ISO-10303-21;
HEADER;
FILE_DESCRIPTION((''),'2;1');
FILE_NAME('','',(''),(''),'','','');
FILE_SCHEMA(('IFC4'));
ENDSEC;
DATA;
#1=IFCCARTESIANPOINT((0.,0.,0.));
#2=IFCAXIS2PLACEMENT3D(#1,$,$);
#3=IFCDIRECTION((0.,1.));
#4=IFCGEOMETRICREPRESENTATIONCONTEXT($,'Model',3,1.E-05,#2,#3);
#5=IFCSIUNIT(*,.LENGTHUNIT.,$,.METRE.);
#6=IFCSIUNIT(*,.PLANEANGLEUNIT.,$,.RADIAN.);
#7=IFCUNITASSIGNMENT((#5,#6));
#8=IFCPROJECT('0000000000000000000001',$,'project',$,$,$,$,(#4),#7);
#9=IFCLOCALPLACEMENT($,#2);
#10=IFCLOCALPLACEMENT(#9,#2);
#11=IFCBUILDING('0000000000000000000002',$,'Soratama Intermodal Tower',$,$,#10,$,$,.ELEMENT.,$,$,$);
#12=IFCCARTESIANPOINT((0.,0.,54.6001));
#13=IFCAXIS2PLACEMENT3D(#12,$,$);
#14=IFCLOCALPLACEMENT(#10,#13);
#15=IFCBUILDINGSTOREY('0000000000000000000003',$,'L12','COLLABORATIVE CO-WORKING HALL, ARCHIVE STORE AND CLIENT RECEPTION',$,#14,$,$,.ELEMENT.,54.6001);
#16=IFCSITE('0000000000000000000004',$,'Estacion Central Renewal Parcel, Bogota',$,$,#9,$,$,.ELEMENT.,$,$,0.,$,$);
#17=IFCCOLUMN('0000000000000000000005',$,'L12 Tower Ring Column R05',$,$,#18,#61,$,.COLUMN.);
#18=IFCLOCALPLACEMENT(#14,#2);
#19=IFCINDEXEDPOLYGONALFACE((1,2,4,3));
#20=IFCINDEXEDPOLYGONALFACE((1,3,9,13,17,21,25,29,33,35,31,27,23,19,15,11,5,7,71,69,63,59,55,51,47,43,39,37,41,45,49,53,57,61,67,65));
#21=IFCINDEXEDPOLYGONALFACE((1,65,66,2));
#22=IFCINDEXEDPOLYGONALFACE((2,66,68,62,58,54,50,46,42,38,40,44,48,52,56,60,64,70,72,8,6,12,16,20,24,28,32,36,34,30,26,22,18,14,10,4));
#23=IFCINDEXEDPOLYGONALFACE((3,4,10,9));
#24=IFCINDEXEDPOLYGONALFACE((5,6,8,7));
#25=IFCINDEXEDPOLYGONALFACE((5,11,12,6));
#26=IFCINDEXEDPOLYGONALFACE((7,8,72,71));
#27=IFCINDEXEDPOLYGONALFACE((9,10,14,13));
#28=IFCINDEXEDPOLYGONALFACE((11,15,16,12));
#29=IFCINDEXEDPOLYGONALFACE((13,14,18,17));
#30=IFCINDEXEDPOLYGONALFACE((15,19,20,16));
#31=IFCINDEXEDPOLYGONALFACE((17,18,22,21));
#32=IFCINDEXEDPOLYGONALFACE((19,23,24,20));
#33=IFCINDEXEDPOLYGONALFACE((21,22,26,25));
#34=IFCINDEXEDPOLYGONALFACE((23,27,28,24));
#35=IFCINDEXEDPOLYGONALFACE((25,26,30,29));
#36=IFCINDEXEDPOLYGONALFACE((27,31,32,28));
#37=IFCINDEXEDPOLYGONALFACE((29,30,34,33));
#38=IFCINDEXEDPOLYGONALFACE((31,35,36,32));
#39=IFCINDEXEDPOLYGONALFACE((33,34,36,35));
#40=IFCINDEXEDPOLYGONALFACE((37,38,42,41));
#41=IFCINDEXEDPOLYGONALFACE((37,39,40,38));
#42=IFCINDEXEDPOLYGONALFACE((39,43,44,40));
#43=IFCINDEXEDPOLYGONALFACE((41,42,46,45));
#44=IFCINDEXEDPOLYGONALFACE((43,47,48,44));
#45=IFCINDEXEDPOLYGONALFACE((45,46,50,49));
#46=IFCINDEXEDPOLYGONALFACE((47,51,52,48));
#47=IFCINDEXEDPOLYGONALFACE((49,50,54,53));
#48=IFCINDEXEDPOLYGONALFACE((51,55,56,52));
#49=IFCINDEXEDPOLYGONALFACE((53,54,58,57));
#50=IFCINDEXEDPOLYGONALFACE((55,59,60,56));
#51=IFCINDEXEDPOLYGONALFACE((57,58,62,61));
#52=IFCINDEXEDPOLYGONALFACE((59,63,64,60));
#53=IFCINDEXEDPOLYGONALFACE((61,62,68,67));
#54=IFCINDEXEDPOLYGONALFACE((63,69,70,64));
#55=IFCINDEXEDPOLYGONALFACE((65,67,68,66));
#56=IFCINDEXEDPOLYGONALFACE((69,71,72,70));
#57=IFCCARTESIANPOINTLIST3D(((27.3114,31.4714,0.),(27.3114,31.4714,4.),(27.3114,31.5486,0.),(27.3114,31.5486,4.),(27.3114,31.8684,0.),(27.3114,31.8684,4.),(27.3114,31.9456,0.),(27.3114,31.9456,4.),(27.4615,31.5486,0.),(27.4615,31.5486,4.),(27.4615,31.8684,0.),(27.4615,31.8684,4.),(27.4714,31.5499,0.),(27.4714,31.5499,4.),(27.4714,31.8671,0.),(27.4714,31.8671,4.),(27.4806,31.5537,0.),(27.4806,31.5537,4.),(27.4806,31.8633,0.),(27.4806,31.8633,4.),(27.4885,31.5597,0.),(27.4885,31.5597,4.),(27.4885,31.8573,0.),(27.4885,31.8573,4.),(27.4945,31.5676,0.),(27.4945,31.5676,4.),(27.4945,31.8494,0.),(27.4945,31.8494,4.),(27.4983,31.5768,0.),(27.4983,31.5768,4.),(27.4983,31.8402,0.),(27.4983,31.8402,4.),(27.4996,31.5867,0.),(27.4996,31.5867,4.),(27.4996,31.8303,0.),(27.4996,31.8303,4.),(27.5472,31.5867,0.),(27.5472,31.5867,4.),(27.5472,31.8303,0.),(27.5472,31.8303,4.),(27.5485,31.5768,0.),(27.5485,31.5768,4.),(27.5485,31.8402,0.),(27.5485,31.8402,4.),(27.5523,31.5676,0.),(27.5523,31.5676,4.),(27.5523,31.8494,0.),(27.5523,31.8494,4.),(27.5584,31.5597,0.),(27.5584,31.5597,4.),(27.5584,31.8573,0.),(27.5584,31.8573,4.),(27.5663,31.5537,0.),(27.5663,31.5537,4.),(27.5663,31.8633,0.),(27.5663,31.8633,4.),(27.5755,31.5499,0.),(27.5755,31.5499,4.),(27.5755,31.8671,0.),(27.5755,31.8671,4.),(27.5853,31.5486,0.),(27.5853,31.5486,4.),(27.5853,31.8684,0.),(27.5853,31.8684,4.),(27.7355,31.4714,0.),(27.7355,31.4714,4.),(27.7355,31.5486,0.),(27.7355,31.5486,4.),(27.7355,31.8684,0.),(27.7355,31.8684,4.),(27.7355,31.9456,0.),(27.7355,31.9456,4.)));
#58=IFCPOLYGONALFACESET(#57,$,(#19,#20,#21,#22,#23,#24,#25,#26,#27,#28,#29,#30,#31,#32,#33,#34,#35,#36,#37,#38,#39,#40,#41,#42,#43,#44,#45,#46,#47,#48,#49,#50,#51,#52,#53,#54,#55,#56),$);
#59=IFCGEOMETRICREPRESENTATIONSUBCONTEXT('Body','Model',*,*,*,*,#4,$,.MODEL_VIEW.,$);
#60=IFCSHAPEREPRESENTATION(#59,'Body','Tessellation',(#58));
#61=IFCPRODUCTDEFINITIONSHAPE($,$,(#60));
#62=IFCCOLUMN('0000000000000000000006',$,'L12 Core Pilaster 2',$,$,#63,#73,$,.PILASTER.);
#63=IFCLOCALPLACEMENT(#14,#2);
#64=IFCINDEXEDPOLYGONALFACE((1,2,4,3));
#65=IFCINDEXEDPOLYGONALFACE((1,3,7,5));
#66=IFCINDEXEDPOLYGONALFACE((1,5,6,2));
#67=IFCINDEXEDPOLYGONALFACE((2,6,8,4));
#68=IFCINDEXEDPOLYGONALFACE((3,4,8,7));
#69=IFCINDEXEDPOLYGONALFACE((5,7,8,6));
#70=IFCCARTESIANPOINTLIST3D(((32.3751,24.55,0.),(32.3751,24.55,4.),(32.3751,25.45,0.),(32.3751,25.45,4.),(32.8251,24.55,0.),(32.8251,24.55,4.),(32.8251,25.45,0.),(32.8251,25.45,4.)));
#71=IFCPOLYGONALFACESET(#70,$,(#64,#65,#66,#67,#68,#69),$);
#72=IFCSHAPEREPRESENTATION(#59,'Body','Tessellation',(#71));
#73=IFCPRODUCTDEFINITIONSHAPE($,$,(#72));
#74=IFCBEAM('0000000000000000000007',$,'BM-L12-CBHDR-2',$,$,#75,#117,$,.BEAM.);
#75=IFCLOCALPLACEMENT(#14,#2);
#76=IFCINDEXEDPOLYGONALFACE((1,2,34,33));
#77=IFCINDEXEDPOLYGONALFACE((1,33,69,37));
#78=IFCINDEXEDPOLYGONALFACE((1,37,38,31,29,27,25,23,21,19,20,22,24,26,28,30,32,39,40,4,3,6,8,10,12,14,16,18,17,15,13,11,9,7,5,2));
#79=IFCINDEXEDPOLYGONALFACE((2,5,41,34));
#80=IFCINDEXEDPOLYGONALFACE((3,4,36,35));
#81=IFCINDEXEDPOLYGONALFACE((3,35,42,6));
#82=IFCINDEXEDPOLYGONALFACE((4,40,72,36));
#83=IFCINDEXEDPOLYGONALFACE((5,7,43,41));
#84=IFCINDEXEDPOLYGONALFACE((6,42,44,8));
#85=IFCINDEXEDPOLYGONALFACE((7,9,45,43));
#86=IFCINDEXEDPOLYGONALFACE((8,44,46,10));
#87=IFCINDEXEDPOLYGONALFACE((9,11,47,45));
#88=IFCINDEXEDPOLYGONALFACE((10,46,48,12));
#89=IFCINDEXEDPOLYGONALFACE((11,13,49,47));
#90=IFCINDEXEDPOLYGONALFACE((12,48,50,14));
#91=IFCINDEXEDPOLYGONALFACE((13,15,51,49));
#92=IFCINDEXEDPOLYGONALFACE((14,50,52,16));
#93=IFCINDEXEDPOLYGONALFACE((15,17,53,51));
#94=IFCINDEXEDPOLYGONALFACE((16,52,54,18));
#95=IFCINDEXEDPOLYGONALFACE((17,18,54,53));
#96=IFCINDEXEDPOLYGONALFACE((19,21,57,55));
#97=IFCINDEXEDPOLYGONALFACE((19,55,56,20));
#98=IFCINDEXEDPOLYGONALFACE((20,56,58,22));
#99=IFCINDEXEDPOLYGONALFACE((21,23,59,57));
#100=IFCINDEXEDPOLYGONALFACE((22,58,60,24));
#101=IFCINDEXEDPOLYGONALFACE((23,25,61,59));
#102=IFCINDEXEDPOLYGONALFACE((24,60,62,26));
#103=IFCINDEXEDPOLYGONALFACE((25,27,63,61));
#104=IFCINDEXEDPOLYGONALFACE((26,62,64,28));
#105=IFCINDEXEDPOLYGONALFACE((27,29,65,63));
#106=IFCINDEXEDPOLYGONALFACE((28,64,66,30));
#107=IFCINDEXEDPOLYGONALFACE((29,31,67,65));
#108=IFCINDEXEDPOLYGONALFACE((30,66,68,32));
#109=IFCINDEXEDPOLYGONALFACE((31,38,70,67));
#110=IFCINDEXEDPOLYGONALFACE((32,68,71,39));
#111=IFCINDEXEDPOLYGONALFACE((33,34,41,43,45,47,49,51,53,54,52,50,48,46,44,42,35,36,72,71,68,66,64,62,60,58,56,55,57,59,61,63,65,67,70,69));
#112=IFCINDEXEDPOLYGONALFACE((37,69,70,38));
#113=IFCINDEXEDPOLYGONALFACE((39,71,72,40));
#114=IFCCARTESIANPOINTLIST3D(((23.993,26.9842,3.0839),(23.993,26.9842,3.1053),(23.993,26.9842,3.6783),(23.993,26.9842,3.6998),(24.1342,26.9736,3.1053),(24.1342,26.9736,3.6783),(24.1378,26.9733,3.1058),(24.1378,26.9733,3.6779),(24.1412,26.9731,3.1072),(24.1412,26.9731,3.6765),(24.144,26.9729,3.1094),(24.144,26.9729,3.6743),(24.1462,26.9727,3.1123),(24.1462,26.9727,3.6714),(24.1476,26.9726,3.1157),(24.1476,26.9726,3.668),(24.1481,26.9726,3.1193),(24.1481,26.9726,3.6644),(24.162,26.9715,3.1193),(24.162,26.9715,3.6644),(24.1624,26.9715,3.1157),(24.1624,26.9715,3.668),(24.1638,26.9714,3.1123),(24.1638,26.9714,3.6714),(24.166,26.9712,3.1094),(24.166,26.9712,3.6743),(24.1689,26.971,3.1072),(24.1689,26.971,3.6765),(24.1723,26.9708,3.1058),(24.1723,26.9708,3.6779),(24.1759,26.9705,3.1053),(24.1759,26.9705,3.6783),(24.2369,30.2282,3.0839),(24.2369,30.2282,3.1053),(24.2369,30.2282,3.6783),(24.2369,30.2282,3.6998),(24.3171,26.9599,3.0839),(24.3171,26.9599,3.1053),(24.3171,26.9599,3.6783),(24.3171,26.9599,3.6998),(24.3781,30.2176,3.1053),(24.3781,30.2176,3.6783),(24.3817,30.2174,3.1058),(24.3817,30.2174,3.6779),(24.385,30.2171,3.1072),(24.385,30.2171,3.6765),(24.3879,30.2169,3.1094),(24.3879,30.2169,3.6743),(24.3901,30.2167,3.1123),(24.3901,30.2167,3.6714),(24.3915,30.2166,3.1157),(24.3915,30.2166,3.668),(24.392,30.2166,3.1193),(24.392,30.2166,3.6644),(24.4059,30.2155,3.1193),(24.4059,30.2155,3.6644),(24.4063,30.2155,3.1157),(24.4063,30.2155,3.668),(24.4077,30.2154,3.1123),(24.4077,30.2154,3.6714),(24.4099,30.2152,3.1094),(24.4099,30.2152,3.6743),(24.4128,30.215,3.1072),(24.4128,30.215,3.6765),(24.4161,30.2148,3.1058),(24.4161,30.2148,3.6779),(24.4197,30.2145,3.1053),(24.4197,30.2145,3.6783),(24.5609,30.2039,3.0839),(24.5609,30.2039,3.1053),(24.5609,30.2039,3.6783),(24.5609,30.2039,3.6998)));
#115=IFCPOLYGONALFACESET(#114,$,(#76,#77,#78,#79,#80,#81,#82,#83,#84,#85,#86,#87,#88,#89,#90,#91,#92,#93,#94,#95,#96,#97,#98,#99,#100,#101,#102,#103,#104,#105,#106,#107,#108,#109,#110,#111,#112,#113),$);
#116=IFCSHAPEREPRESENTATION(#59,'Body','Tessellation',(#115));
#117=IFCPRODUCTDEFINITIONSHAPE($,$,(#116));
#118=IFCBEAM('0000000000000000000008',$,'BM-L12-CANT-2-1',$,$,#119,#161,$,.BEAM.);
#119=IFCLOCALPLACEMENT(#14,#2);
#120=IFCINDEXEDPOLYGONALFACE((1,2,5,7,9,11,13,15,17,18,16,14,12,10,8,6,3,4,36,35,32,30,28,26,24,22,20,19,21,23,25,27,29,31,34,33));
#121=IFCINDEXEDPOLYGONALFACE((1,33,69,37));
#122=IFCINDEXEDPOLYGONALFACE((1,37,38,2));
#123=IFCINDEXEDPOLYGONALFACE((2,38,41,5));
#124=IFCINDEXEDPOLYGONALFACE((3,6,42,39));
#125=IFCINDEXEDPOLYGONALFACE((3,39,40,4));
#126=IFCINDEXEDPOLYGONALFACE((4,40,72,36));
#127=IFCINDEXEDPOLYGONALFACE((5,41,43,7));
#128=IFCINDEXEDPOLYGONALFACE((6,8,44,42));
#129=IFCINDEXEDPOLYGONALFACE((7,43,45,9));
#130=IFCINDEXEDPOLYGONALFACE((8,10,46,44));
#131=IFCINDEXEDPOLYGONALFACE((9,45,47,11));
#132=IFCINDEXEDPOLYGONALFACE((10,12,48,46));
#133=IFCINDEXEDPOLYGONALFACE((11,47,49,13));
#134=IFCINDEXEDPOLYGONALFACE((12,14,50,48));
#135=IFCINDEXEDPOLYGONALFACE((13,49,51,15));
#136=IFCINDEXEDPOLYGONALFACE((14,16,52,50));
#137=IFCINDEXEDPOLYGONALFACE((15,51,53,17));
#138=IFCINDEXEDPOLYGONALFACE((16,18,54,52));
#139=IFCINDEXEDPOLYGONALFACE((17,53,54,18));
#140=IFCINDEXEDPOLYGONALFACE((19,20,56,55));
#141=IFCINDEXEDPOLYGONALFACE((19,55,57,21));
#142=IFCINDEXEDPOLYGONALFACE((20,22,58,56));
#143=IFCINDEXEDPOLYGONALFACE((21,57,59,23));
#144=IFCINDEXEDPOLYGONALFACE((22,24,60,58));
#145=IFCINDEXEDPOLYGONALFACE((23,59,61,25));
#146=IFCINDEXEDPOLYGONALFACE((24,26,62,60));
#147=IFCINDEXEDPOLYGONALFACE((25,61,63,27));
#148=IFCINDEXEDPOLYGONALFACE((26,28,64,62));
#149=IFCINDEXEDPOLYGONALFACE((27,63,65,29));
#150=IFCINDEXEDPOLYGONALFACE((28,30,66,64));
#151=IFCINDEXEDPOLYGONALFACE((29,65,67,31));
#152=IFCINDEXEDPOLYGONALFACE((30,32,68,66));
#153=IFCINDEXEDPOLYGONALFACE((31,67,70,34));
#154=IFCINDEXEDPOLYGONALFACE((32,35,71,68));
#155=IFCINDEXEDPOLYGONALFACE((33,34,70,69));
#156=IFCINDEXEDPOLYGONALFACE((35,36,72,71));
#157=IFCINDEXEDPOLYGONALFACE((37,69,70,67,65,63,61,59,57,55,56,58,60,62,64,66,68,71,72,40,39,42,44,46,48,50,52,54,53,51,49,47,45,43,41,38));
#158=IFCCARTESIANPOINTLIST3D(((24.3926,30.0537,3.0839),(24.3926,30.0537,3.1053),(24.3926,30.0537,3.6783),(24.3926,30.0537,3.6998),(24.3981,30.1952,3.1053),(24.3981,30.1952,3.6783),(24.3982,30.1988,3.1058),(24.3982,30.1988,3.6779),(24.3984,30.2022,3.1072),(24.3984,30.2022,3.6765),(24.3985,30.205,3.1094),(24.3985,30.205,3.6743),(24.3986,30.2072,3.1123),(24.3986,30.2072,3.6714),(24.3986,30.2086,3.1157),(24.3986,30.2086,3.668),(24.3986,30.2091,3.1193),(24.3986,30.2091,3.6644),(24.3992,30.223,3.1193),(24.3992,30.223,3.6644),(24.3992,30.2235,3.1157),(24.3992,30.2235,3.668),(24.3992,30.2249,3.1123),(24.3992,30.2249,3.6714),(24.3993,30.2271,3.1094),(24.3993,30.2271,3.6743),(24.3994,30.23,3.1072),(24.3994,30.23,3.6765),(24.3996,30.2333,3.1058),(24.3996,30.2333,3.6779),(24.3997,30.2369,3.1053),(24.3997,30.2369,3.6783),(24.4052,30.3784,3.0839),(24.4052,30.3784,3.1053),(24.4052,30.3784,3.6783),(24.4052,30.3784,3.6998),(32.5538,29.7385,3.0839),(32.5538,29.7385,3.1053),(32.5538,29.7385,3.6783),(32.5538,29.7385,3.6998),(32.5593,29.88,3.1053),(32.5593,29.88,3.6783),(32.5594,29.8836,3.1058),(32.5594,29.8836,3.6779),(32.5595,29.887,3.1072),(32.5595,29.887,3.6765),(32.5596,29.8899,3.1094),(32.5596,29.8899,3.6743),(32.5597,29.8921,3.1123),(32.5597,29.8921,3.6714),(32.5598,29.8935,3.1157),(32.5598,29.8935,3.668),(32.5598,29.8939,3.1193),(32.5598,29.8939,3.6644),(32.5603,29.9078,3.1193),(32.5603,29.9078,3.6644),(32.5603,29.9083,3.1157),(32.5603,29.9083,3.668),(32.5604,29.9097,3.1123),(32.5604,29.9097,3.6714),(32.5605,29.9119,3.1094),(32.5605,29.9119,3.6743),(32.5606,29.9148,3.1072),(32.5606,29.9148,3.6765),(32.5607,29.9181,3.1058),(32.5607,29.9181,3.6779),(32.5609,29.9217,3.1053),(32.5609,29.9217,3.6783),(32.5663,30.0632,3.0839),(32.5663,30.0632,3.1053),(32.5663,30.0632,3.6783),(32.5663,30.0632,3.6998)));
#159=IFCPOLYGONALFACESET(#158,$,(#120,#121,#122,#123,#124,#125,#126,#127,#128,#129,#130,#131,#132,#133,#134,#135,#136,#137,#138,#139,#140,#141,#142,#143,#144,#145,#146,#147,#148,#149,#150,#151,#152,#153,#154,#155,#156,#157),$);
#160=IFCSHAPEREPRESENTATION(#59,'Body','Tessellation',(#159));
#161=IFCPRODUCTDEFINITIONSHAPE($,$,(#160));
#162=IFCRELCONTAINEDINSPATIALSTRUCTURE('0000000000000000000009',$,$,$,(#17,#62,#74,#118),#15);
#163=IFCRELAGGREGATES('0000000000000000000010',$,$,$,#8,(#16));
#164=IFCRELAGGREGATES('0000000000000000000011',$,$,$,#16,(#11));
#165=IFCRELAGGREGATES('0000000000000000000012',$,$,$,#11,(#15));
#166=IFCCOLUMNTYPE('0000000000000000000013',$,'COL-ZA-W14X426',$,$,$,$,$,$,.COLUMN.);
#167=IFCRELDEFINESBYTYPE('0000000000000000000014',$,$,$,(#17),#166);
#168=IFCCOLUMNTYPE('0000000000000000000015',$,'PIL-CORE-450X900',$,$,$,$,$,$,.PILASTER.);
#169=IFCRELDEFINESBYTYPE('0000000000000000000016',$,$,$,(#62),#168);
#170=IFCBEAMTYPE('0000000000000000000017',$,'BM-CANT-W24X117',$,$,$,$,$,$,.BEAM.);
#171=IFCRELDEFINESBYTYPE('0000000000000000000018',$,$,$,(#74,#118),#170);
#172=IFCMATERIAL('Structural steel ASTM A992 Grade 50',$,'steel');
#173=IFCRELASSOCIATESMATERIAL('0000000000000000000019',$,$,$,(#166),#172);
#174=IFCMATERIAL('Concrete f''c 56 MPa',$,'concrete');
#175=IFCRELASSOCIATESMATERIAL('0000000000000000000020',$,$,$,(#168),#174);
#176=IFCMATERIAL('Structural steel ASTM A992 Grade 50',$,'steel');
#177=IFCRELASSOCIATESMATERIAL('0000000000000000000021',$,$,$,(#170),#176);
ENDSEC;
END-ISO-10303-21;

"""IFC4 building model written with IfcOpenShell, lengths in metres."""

from ifc_helpers import new_model, si_unit, direction, frame, origin, origin_2d, place, context, subcontext, project, spatial, rectangle, i_section, extrude, material, material_profile, profile_set, type_object, element, save


model = new_model("IFC4")

# Units and contexts
model_context = context("Model", 3, precision=1e-05, world=origin(), true_north=direction((0.0, 1.0)))
body_context = subcontext(model_context, "Body", "Model", "MODEL_VIEW")
ifc_project = project(units=[si_unit("LENGTHUNIT", "METRE"), si_unit("PLANEANGLEUNIT", "RADIAN")], contexts=[model_context])

# Site, building, storey
site_placement = place(None, origin())
site = spatial("IfcSite", under=ifc_project, at=site_placement, Name="Estacion Central Renewal Parcel, Bogota", CompositionType="ELEMENT", RefElevation=0.0)
building_placement = place(site_placement, origin())
building = spatial("IfcBuilding", under=site, at=building_placement, Name="Soratama Intermodal Tower", CompositionType="ELEMENT")
storey_placement = place(building_placement, frame((0.0, 0.0, 54.6001)))
storey = spatial("IfcBuildingStorey", under=building, at=storey_placement, Name="L12", Description="COLLABORATIVE CO-WORKING HALL, ARCHIVE STORE AND CLIENT RECEPTION", CompositionType="ELEMENT", Elevation=54.6001)

# Columns
ifc_material_1 = material(Name="Structural steel ASTM A992 Grade 50", Category="steel")
ifc_material_profile_1 = material_profile(ifc_material_1, i_section(OverallWidth=0.4241, OverallDepth=0.4741, WebThickness=0.0476, FlangeThickness=0.0771, FilletRadius=0.0381, at=origin_2d()), Name="W14X426")
ifc_profile_set_1 = profile_set([ifc_material_profile_1], Name="Structural steel ASTM A992 Grade 50")
column_type_1 = type_object("IfcColumnType", Name="COL-ZA-W14X426", PredefinedType="COLUMN", material=ifc_profile_set_1)
column_1_placement = place(storey_placement, frame((27.5234, 31.7085, 0.0), z_axis=(0.0, 0.0, 1.0), x_axis=(1.0, 0.0, 0.0)))
element("IfcColumn", 1, at=column_1_placement, inside=storey, type_object=column_type_1, Name="L12 Tower Ring Column R05", PredefinedType="COLUMN", context=body_context, shape_type="SweptSolid", body=[
    extrude(i_section(OverallWidth=0.4241, OverallDepth=0.4741, WebThickness=0.0476, FlangeThickness=0.0771, FilletRadius=0.0381, at=origin_2d()), origin(), (0.0, 0.0, 1.0), 4.0),
])
ifc_material_2 = material(Name="Concrete f'c 56 MPa", Category="concrete")
ifc_material_profile_2 = material_profile(ifc_material_2, rectangle(XDim=0.45, YDim=0.8999, at=origin_2d()), Name="RC450X900")
ifc_profile_set_2 = profile_set([ifc_material_profile_2], Name="Concrete f'c 56 MPa")
column_type_2 = type_object("IfcColumnType", Name="PIL-CORE-450X900", PredefinedType="PILASTER", material=ifc_profile_set_2)
column_2_placement = place(storey_placement, frame((32.6001, 25.0, 0.0), z_axis=(0.0, 0.0, 1.0), x_axis=(1.0, 0.0, 0.0)))
element("IfcColumn", 2, at=column_2_placement, inside=storey, type_object=column_type_2, Name="L12 Core Pilaster 2", PredefinedType="PILASTER", context=body_context, shape_type="SweptSolid", body=[
    extrude(rectangle(XDim=0.45, YDim=0.8999, at=origin_2d()), origin(), (0.0, 0.0, 1.0), 4.0),
])

# Beams
ifc_material_3 = material(Name="Structural steel ASTM A992 Grade 50", Category="steel")
ifc_material_profile_3 = material_profile(ifc_material_3, i_section(OverallWidth=0.325, OverallDepth=0.616, WebThickness=0.0139, FlangeThickness=0.0215, FilletRadius=0.0139, at=origin_2d()), Name="W24X117")
ifc_profile_set_3 = profile_set([ifc_material_profile_3], Name="Structural steel ASTM A992 Grade 50")
beam_type_1 = type_object("IfcBeamType", Name="BM-CANT-W24X117", PredefinedType="BEAM", material=ifc_profile_set_3)
beam_1_placement = place(storey_placement, frame((24.3989, 30.2161, 3.3918), z_axis=(-0.074969, -0.997186, 0.0), x_axis=(0.997186, -0.074969, 0.0)))
element("IfcBeam", 3, at=beam_1_placement, inside=storey, type_object=beam_type_1, Name="BM-L12-CBHDR-2", PredefinedType="BEAM", context=body_context, shape_type="SweptSolid", body=[
    extrude(i_section(OverallWidth=0.325, OverallDepth=0.616, WebThickness=0.0139, FlangeThickness=0.0215, FilletRadius=0.0139, at=origin_2d()), origin(), (0.0, 0.0, 1.0), 3.2532),
])
beam_2_placement = place(storey_placement, frame((32.5601, 29.9009, 3.3918), z_axis=(-0.999255, 0.038592, 0.0), x_axis=(-0.038592, -0.999255, 0.0)))
element("IfcBeam", 4, at=beam_2_placement, inside=storey, type_object=beam_type_1, Name="BM-L12-CANT-2-1", PredefinedType="BEAM", context=body_context, shape_type="SweptSolid", body=[
    extrude(i_section(OverallWidth=0.325, OverallDepth=0.616, WebThickness=0.0139, FlangeThickness=0.0215, FilletRadius=0.0139, at=origin_2d()), origin(), (0.0, 0.0, 1.0), 8.1672),
])

save(model, "model.ifc")
